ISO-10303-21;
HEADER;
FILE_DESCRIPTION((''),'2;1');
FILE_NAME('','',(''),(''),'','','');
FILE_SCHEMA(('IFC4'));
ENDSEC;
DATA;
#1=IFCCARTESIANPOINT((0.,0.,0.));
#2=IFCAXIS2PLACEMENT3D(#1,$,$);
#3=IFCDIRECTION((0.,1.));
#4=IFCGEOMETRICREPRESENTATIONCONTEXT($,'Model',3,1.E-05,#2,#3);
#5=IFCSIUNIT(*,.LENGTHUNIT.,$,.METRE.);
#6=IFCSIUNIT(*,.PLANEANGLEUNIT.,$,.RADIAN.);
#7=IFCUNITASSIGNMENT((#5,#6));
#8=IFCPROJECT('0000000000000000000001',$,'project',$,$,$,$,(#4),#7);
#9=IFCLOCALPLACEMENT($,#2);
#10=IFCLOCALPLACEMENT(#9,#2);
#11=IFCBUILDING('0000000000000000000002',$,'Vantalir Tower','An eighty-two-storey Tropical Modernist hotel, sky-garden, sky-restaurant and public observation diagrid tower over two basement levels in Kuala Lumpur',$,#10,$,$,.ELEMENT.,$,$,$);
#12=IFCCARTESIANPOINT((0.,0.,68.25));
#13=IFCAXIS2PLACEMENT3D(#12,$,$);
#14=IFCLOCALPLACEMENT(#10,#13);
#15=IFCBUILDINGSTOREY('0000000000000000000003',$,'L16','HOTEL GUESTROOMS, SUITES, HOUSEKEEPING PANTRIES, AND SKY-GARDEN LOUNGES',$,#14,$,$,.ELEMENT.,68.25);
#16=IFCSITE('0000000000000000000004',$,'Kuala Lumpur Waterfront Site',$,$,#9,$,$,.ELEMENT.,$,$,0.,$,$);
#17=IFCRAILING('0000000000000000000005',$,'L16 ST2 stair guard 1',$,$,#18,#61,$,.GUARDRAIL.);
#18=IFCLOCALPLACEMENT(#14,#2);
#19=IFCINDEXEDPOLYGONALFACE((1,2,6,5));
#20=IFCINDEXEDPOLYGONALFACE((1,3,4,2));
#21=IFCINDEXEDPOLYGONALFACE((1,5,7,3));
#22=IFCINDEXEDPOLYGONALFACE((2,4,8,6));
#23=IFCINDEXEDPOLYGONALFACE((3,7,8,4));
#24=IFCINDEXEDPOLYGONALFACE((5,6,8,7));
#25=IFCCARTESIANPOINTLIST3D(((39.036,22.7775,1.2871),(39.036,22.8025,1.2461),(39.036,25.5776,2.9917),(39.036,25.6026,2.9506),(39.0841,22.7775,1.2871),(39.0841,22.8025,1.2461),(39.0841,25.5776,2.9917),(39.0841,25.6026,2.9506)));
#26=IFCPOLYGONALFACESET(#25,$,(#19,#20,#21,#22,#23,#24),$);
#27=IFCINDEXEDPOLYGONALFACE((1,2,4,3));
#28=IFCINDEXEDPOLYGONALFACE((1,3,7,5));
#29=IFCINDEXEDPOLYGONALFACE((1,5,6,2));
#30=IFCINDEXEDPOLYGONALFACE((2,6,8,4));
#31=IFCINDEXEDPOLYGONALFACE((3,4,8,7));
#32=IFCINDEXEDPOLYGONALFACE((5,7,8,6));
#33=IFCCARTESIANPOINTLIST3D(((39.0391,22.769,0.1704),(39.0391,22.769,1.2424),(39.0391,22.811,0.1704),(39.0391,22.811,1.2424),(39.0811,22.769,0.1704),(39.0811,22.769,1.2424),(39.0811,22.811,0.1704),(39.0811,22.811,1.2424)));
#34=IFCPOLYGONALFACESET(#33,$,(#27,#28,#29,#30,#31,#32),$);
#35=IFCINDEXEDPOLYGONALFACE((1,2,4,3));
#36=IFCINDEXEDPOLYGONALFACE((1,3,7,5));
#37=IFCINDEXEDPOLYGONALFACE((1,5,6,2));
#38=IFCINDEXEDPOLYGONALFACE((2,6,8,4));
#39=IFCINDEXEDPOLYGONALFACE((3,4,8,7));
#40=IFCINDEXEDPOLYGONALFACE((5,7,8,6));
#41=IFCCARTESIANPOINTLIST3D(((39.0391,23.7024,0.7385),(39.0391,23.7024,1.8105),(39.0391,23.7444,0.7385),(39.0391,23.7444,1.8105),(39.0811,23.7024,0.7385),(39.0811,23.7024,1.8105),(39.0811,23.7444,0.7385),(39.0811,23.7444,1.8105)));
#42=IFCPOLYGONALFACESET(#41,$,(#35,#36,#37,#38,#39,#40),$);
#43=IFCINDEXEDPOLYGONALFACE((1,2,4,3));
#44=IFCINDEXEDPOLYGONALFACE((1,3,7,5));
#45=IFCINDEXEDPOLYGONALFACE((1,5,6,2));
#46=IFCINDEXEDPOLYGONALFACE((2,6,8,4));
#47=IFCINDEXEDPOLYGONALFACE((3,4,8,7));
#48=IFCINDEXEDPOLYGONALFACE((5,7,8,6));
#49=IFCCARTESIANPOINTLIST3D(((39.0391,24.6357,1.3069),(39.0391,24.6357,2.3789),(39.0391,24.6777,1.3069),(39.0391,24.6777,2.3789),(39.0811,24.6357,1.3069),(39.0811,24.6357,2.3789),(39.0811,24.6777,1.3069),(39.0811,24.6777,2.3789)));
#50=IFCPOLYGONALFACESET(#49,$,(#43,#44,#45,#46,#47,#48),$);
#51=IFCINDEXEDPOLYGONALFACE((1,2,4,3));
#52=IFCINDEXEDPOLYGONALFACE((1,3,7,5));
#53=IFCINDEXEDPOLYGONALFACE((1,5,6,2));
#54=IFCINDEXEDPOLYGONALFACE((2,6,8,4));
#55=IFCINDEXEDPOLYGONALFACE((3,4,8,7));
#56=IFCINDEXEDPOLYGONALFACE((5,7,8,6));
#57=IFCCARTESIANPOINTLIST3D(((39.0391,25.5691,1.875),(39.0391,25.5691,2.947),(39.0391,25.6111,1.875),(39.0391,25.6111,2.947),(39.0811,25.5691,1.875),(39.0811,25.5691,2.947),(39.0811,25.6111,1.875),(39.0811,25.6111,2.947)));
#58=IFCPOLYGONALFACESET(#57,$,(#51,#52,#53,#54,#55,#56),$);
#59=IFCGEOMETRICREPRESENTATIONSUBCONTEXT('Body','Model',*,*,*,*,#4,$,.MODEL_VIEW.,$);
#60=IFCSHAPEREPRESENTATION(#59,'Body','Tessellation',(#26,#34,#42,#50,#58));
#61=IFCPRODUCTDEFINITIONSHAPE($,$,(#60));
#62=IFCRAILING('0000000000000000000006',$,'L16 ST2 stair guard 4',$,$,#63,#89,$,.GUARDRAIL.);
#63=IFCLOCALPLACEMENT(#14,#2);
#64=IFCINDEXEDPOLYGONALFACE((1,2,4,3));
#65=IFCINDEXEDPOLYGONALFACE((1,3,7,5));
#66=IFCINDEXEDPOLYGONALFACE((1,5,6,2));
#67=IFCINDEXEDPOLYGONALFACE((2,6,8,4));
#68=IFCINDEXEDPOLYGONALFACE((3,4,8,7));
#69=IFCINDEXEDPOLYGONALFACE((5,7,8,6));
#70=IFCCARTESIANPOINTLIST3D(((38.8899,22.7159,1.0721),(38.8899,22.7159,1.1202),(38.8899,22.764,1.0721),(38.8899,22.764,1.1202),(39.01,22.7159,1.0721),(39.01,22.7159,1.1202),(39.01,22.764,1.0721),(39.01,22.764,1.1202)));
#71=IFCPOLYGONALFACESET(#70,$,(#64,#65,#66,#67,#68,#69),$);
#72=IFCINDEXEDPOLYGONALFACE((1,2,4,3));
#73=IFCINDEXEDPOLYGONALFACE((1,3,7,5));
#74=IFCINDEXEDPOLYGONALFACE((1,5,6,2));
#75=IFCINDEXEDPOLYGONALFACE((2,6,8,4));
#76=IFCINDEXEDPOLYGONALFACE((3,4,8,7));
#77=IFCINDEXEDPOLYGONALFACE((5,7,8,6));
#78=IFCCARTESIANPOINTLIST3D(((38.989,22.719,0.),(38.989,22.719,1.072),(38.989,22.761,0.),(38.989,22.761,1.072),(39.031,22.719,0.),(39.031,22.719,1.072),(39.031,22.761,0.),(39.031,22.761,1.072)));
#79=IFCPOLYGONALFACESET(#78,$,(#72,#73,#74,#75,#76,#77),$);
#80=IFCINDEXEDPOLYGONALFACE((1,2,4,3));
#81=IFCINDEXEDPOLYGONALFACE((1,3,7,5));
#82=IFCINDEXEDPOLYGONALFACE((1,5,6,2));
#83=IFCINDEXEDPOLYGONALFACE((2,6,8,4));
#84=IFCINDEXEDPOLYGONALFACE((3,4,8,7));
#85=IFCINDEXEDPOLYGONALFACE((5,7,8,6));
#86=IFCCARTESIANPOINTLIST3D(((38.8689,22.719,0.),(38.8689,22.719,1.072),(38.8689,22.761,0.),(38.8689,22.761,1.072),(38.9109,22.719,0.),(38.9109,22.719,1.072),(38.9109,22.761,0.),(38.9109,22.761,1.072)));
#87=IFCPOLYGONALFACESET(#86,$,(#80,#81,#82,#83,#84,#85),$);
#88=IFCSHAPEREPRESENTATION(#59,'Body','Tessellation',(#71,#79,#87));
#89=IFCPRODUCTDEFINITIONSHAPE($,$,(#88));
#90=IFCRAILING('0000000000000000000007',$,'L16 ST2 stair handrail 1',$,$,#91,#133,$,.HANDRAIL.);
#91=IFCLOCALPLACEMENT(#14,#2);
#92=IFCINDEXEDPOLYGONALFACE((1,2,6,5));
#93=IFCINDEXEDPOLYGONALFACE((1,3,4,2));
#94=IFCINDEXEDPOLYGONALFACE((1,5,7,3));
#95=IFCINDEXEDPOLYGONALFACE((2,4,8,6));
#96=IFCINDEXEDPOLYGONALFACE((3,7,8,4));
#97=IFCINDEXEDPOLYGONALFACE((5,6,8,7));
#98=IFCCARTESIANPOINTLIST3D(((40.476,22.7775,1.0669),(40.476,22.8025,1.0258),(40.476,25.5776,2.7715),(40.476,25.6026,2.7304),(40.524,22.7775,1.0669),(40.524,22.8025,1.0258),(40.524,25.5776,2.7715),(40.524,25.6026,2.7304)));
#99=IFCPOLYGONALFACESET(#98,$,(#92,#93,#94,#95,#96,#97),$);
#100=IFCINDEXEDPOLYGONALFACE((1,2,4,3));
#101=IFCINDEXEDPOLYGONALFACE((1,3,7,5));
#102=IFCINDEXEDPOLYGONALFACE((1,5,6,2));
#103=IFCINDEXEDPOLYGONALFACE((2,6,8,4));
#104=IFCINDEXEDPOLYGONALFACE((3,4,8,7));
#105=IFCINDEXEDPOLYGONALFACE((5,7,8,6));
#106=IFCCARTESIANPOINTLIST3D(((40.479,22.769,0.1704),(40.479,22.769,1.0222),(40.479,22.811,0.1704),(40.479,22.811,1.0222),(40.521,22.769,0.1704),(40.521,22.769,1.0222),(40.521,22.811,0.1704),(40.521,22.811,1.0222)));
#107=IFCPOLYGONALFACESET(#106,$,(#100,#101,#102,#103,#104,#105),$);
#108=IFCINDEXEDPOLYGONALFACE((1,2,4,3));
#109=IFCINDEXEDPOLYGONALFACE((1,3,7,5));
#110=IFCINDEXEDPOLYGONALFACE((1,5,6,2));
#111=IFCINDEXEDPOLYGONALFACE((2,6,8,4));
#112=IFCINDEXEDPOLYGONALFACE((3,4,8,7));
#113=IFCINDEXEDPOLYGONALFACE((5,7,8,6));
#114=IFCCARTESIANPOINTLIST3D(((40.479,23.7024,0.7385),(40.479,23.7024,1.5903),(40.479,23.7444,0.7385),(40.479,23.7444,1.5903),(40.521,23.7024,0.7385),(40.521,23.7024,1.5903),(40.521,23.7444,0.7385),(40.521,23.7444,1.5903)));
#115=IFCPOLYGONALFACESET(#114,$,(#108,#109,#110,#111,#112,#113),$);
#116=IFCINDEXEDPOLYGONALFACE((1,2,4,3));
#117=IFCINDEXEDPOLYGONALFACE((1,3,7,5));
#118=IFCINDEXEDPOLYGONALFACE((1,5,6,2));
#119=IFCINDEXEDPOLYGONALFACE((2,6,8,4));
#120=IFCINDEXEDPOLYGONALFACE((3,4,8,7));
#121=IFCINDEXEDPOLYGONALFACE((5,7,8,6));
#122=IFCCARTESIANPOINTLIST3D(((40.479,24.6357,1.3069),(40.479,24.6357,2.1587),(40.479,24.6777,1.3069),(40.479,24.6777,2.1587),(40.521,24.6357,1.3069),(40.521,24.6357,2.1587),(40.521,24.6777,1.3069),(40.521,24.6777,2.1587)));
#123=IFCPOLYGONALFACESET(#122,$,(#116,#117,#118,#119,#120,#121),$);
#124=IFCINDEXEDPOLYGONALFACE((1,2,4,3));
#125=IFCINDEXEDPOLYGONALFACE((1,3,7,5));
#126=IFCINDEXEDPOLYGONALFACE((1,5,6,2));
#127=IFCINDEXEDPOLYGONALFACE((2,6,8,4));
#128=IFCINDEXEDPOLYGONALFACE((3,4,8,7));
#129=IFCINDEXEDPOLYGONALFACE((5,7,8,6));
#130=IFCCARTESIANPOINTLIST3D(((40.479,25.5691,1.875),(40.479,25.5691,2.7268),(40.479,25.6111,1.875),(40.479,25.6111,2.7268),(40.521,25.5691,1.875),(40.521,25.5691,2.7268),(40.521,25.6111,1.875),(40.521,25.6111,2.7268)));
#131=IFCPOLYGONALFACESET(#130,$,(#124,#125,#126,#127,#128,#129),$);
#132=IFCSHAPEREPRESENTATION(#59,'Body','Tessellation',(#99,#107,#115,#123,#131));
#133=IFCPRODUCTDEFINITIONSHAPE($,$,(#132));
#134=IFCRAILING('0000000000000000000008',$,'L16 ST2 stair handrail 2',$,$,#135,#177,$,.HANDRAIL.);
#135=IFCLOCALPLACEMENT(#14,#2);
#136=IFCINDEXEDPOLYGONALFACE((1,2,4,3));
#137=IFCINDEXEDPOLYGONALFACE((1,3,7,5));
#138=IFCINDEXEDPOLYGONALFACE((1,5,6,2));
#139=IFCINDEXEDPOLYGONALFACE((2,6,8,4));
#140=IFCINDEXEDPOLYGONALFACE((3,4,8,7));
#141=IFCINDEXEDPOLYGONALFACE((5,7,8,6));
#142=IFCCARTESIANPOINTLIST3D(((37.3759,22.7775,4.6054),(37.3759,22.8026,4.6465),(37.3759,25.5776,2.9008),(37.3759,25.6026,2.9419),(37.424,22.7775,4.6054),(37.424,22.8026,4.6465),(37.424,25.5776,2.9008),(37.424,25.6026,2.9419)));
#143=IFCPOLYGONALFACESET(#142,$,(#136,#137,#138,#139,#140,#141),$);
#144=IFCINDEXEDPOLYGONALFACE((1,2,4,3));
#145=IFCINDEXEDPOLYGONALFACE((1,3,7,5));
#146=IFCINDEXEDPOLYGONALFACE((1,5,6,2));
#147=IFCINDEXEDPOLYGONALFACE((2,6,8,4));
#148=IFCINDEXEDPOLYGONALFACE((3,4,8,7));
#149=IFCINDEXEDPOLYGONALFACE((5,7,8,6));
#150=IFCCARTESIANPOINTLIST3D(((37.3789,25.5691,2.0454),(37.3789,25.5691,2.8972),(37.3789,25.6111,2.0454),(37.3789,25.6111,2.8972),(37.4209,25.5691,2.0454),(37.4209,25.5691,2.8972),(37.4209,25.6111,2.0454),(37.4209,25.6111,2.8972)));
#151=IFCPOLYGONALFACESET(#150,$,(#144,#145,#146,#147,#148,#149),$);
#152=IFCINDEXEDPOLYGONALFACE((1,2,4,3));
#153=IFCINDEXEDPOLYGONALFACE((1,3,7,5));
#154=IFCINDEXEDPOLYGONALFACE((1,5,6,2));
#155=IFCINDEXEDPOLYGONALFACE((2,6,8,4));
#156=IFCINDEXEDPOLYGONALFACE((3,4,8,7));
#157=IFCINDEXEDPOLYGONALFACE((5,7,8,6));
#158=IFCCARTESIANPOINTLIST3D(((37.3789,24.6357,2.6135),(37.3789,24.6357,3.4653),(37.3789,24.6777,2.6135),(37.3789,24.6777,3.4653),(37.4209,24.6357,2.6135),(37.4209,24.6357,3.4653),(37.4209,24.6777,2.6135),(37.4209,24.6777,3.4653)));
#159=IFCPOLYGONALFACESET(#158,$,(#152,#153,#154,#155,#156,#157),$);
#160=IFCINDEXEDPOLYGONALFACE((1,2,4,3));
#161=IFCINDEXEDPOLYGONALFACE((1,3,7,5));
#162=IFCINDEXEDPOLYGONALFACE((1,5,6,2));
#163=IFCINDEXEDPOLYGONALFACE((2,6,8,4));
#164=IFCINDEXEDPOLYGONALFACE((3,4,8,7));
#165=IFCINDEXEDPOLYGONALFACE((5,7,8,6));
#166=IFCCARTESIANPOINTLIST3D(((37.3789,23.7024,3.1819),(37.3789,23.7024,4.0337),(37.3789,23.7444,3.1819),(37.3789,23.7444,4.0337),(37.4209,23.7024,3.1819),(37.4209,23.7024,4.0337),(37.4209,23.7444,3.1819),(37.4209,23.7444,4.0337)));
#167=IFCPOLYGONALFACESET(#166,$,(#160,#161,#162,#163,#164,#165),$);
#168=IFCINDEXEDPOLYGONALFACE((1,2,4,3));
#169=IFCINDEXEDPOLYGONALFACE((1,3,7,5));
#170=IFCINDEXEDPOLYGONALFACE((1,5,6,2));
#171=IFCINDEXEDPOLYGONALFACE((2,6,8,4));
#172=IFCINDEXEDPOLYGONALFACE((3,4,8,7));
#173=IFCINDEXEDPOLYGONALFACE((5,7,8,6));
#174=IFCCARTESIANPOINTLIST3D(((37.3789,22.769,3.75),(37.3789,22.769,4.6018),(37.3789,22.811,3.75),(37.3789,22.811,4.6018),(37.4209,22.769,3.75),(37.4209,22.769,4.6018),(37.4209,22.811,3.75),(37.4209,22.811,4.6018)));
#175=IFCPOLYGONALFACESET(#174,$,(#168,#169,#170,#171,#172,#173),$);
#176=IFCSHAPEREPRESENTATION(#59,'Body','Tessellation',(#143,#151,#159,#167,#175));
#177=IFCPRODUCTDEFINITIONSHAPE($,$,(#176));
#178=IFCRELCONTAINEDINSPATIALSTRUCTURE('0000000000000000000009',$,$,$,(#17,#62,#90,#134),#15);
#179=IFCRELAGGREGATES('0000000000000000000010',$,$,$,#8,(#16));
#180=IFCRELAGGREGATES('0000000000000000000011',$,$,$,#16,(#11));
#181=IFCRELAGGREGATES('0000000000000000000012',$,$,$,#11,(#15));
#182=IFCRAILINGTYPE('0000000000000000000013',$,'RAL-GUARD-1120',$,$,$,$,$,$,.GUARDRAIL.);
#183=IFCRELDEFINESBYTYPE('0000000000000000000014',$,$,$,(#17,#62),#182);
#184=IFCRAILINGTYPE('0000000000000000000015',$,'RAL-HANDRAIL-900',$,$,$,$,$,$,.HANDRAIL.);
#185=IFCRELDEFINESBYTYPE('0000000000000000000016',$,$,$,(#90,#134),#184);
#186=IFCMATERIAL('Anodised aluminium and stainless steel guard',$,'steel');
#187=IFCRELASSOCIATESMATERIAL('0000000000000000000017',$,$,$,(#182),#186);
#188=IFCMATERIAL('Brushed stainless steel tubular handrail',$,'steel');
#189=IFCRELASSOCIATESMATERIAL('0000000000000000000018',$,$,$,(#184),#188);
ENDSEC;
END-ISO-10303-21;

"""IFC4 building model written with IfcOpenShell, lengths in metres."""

from ifc_helpers import new_model, si_unit, direction, frame, origin, origin_2d, place, context, subcontext, project, spatial, rectangle, extrude, material, type_object, element, save


model = new_model("IFC4")

# Units and contexts
model_context = context("Model", 3, precision=1e-05, world=origin(), true_north=direction((0.0, 1.0)))
body_context = subcontext(model_context, "Body", "Model", "MODEL_VIEW")
ifc_project = project(units=[si_unit("LENGTHUNIT", "METRE"), si_unit("PLANEANGLEUNIT", "RADIAN")], contexts=[model_context])

# Site, building, storey
site_placement = place(None, origin())
site = spatial("IfcSite", under=ifc_project, at=site_placement, Name="Kuala Lumpur Waterfront Site", CompositionType="ELEMENT", RefElevation=0.0)
building_placement = place(site_placement, origin())
building = spatial("IfcBuilding", under=site, at=building_placement, Name="Vantalir Tower", Description="An eighty-two-storey Tropical Modernist hotel, sky-garden, sky-restaurant and public observation diagrid tower over two basement levels in Kuala Lumpur", CompositionType="ELEMENT")
storey_placement = place(building_placement, frame((0.0, 0.0, 68.25)))
storey = spatial("IfcBuildingStorey", under=building, at=storey_placement, Name="L16", Description="HOTEL GUESTROOMS, SUITES, HOUSEKEEPING PANTRIES, AND SKY-GARDEN LOUNGES", CompositionType="ELEMENT", Elevation=68.25)

# Railings
ifc_material_1 = material(Name="Anodised aluminium and stainless steel guard", Category="steel")
railing_type_1 = type_object("IfcRailingType", Name="RAL-GUARD-1120", PredefinedType="GUARDRAIL", material=ifc_material_1)
railing_1_placement = place(storey_placement, frame((39.0601, 22.79, 0.1704)))
element("IfcRailing", 1, at=railing_1_placement, inside=storey, type_object=railing_type_1, Name="L16 ST2 stair guard 1", PredefinedType="GUARDRAIL", context=body_context, shape_type="SweptSolid", body=[
    extrude(rectangle(XDim=0.0481, YDim=0.0481, at=origin_2d()), frame((0.0, 0.0, 1.0962), z_axis=(0.0, 0.85417, 0.519994), x_axis=(-1.0, 0.0, 0.0)), (0.0, 0.0, 1.0), 3.2781),
    extrude(rectangle(XDim=0.042, YDim=0.042, at=origin_2d()), origin(), (0.0, 0.0, 1.0), 1.072),
    extrude(rectangle(XDim=0.042, YDim=0.042, at=origin_2d()), frame((0.0, 0.9333, 0.5681)), (0.0, 0.0, 1.0), 1.072),
    extrude(rectangle(XDim=0.042, YDim=0.042, at=origin_2d()), frame((0.0, 1.8667, 1.1365)), (0.0, 0.0, 1.0), 1.072),
    extrude(rectangle(XDim=0.042, YDim=0.042, at=origin_2d()), frame((0.0, 2.8, 1.7046)), (0.0, 0.0, 1.0), 1.072),
])
railing_2_placement = place(storey_placement, frame((39.01, 22.74, 0.0)))
element("IfcRailing", 2, at=railing_2_placement, inside=storey, type_object=railing_type_1, Name="L16 ST2 stair guard 4", PredefinedType="GUARDRAIL", context=body_context, shape_type="SweptSolid", body=[
    extrude(rectangle(XDim=0.0481, YDim=0.0481, at=origin_2d()), frame((0.0, 0.0, 1.0962), z_axis=(-1.0, 0.0, 0.0), x_axis=(0.0, -1.0, 0.0)), (0.0, 0.0, 1.0), 0.1201),
    extrude(rectangle(XDim=0.042, YDim=0.042, at=origin_2d()), origin(), (0.0, 0.0, 1.0), 1.072),
    extrude(rectangle(XDim=0.042, YDim=0.042, at=origin_2d()), frame((-0.1201, 0.0, 0.0)), (0.0, 0.0, 1.0), 1.072),
])
ifc_material_2 = material(Name="Brushed stainless steel tubular handrail", Category="steel")
railing_type_2 = type_object("IfcRailingType", Name="RAL-HANDRAIL-900", PredefinedType="HANDRAIL", material=ifc_material_2)
railing_3_placement = place(storey_placement, frame((40.5, 22.79, 0.1704)))
element("IfcRailing", 3, at=railing_3_placement, inside=storey, type_object=railing_type_2, Name="L16 ST2 stair handrail 1", PredefinedType="HANDRAIL", context=body_context, shape_type="SweptSolid", body=[
    extrude(rectangle(XDim=0.0481, YDim=0.0481, at=origin_2d()), frame((0.0, 0.0, 0.876), z_axis=(0.0, 0.85417, 0.519994), x_axis=(-1.0, 0.0, 0.0)), (0.0, 0.0, 1.0), 3.2781),
    extrude(rectangle(XDim=0.042, YDim=0.042, at=origin_2d()), origin(), (0.0, 0.0, 1.0), 0.8518),
    extrude(rectangle(XDim=0.042, YDim=0.042, at=origin_2d()), frame((0.0, 0.9333, 0.5681)), (0.0, 0.0, 1.0), 0.8518),
    extrude(rectangle(XDim=0.042, YDim=0.042, at=origin_2d()), frame((0.0, 1.8667, 1.1365)), (0.0, 0.0, 1.0), 0.8518),
    extrude(rectangle(XDim=0.042, YDim=0.042, at=origin_2d()), frame((0.0, 2.8, 1.7046)), (0.0, 0.0, 1.0), 0.8518),
])
railing_4_placement = place(storey_placement, frame((37.3999, 25.5901, 2.0454)))
element("IfcRailing", 4, at=railing_4_placement, inside=storey, type_object=railing_type_2, Name="L16 ST2 stair handrail 2", PredefinedType="HANDRAIL", context=body_context, shape_type="SweptSolid", body=[
    extrude(rectangle(XDim=0.0481, YDim=0.0481, at=origin_2d()), frame((0.0, 0.0, 0.876), z_axis=(0.0, -0.85417, 0.519994), x_axis=(1.0, 0.0, 0.0)), (0.0, 0.0, 1.0), 3.2781),
    extrude(rectangle(XDim=0.042, YDim=0.042, at=origin_2d()), origin(), (0.0, 0.0, 1.0), 0.8518),
    extrude(rectangle(XDim=0.042, YDim=0.042, at=origin_2d()), frame((0.0, -0.9333, 0.5681)), (0.0, 0.0, 1.0), 0.8518),
    extrude(rectangle(XDim=0.042, YDim=0.042, at=origin_2d()), frame((0.0, -1.8667, 1.1365)), (0.0, 0.0, 1.0), 0.8518),
    extrude(rectangle(XDim=0.042, YDim=0.042, at=origin_2d()), frame((0.0, -2.8, 1.7046)), (0.0, 0.0, 1.0), 0.8518),
])

save(model, "model.ifc")
